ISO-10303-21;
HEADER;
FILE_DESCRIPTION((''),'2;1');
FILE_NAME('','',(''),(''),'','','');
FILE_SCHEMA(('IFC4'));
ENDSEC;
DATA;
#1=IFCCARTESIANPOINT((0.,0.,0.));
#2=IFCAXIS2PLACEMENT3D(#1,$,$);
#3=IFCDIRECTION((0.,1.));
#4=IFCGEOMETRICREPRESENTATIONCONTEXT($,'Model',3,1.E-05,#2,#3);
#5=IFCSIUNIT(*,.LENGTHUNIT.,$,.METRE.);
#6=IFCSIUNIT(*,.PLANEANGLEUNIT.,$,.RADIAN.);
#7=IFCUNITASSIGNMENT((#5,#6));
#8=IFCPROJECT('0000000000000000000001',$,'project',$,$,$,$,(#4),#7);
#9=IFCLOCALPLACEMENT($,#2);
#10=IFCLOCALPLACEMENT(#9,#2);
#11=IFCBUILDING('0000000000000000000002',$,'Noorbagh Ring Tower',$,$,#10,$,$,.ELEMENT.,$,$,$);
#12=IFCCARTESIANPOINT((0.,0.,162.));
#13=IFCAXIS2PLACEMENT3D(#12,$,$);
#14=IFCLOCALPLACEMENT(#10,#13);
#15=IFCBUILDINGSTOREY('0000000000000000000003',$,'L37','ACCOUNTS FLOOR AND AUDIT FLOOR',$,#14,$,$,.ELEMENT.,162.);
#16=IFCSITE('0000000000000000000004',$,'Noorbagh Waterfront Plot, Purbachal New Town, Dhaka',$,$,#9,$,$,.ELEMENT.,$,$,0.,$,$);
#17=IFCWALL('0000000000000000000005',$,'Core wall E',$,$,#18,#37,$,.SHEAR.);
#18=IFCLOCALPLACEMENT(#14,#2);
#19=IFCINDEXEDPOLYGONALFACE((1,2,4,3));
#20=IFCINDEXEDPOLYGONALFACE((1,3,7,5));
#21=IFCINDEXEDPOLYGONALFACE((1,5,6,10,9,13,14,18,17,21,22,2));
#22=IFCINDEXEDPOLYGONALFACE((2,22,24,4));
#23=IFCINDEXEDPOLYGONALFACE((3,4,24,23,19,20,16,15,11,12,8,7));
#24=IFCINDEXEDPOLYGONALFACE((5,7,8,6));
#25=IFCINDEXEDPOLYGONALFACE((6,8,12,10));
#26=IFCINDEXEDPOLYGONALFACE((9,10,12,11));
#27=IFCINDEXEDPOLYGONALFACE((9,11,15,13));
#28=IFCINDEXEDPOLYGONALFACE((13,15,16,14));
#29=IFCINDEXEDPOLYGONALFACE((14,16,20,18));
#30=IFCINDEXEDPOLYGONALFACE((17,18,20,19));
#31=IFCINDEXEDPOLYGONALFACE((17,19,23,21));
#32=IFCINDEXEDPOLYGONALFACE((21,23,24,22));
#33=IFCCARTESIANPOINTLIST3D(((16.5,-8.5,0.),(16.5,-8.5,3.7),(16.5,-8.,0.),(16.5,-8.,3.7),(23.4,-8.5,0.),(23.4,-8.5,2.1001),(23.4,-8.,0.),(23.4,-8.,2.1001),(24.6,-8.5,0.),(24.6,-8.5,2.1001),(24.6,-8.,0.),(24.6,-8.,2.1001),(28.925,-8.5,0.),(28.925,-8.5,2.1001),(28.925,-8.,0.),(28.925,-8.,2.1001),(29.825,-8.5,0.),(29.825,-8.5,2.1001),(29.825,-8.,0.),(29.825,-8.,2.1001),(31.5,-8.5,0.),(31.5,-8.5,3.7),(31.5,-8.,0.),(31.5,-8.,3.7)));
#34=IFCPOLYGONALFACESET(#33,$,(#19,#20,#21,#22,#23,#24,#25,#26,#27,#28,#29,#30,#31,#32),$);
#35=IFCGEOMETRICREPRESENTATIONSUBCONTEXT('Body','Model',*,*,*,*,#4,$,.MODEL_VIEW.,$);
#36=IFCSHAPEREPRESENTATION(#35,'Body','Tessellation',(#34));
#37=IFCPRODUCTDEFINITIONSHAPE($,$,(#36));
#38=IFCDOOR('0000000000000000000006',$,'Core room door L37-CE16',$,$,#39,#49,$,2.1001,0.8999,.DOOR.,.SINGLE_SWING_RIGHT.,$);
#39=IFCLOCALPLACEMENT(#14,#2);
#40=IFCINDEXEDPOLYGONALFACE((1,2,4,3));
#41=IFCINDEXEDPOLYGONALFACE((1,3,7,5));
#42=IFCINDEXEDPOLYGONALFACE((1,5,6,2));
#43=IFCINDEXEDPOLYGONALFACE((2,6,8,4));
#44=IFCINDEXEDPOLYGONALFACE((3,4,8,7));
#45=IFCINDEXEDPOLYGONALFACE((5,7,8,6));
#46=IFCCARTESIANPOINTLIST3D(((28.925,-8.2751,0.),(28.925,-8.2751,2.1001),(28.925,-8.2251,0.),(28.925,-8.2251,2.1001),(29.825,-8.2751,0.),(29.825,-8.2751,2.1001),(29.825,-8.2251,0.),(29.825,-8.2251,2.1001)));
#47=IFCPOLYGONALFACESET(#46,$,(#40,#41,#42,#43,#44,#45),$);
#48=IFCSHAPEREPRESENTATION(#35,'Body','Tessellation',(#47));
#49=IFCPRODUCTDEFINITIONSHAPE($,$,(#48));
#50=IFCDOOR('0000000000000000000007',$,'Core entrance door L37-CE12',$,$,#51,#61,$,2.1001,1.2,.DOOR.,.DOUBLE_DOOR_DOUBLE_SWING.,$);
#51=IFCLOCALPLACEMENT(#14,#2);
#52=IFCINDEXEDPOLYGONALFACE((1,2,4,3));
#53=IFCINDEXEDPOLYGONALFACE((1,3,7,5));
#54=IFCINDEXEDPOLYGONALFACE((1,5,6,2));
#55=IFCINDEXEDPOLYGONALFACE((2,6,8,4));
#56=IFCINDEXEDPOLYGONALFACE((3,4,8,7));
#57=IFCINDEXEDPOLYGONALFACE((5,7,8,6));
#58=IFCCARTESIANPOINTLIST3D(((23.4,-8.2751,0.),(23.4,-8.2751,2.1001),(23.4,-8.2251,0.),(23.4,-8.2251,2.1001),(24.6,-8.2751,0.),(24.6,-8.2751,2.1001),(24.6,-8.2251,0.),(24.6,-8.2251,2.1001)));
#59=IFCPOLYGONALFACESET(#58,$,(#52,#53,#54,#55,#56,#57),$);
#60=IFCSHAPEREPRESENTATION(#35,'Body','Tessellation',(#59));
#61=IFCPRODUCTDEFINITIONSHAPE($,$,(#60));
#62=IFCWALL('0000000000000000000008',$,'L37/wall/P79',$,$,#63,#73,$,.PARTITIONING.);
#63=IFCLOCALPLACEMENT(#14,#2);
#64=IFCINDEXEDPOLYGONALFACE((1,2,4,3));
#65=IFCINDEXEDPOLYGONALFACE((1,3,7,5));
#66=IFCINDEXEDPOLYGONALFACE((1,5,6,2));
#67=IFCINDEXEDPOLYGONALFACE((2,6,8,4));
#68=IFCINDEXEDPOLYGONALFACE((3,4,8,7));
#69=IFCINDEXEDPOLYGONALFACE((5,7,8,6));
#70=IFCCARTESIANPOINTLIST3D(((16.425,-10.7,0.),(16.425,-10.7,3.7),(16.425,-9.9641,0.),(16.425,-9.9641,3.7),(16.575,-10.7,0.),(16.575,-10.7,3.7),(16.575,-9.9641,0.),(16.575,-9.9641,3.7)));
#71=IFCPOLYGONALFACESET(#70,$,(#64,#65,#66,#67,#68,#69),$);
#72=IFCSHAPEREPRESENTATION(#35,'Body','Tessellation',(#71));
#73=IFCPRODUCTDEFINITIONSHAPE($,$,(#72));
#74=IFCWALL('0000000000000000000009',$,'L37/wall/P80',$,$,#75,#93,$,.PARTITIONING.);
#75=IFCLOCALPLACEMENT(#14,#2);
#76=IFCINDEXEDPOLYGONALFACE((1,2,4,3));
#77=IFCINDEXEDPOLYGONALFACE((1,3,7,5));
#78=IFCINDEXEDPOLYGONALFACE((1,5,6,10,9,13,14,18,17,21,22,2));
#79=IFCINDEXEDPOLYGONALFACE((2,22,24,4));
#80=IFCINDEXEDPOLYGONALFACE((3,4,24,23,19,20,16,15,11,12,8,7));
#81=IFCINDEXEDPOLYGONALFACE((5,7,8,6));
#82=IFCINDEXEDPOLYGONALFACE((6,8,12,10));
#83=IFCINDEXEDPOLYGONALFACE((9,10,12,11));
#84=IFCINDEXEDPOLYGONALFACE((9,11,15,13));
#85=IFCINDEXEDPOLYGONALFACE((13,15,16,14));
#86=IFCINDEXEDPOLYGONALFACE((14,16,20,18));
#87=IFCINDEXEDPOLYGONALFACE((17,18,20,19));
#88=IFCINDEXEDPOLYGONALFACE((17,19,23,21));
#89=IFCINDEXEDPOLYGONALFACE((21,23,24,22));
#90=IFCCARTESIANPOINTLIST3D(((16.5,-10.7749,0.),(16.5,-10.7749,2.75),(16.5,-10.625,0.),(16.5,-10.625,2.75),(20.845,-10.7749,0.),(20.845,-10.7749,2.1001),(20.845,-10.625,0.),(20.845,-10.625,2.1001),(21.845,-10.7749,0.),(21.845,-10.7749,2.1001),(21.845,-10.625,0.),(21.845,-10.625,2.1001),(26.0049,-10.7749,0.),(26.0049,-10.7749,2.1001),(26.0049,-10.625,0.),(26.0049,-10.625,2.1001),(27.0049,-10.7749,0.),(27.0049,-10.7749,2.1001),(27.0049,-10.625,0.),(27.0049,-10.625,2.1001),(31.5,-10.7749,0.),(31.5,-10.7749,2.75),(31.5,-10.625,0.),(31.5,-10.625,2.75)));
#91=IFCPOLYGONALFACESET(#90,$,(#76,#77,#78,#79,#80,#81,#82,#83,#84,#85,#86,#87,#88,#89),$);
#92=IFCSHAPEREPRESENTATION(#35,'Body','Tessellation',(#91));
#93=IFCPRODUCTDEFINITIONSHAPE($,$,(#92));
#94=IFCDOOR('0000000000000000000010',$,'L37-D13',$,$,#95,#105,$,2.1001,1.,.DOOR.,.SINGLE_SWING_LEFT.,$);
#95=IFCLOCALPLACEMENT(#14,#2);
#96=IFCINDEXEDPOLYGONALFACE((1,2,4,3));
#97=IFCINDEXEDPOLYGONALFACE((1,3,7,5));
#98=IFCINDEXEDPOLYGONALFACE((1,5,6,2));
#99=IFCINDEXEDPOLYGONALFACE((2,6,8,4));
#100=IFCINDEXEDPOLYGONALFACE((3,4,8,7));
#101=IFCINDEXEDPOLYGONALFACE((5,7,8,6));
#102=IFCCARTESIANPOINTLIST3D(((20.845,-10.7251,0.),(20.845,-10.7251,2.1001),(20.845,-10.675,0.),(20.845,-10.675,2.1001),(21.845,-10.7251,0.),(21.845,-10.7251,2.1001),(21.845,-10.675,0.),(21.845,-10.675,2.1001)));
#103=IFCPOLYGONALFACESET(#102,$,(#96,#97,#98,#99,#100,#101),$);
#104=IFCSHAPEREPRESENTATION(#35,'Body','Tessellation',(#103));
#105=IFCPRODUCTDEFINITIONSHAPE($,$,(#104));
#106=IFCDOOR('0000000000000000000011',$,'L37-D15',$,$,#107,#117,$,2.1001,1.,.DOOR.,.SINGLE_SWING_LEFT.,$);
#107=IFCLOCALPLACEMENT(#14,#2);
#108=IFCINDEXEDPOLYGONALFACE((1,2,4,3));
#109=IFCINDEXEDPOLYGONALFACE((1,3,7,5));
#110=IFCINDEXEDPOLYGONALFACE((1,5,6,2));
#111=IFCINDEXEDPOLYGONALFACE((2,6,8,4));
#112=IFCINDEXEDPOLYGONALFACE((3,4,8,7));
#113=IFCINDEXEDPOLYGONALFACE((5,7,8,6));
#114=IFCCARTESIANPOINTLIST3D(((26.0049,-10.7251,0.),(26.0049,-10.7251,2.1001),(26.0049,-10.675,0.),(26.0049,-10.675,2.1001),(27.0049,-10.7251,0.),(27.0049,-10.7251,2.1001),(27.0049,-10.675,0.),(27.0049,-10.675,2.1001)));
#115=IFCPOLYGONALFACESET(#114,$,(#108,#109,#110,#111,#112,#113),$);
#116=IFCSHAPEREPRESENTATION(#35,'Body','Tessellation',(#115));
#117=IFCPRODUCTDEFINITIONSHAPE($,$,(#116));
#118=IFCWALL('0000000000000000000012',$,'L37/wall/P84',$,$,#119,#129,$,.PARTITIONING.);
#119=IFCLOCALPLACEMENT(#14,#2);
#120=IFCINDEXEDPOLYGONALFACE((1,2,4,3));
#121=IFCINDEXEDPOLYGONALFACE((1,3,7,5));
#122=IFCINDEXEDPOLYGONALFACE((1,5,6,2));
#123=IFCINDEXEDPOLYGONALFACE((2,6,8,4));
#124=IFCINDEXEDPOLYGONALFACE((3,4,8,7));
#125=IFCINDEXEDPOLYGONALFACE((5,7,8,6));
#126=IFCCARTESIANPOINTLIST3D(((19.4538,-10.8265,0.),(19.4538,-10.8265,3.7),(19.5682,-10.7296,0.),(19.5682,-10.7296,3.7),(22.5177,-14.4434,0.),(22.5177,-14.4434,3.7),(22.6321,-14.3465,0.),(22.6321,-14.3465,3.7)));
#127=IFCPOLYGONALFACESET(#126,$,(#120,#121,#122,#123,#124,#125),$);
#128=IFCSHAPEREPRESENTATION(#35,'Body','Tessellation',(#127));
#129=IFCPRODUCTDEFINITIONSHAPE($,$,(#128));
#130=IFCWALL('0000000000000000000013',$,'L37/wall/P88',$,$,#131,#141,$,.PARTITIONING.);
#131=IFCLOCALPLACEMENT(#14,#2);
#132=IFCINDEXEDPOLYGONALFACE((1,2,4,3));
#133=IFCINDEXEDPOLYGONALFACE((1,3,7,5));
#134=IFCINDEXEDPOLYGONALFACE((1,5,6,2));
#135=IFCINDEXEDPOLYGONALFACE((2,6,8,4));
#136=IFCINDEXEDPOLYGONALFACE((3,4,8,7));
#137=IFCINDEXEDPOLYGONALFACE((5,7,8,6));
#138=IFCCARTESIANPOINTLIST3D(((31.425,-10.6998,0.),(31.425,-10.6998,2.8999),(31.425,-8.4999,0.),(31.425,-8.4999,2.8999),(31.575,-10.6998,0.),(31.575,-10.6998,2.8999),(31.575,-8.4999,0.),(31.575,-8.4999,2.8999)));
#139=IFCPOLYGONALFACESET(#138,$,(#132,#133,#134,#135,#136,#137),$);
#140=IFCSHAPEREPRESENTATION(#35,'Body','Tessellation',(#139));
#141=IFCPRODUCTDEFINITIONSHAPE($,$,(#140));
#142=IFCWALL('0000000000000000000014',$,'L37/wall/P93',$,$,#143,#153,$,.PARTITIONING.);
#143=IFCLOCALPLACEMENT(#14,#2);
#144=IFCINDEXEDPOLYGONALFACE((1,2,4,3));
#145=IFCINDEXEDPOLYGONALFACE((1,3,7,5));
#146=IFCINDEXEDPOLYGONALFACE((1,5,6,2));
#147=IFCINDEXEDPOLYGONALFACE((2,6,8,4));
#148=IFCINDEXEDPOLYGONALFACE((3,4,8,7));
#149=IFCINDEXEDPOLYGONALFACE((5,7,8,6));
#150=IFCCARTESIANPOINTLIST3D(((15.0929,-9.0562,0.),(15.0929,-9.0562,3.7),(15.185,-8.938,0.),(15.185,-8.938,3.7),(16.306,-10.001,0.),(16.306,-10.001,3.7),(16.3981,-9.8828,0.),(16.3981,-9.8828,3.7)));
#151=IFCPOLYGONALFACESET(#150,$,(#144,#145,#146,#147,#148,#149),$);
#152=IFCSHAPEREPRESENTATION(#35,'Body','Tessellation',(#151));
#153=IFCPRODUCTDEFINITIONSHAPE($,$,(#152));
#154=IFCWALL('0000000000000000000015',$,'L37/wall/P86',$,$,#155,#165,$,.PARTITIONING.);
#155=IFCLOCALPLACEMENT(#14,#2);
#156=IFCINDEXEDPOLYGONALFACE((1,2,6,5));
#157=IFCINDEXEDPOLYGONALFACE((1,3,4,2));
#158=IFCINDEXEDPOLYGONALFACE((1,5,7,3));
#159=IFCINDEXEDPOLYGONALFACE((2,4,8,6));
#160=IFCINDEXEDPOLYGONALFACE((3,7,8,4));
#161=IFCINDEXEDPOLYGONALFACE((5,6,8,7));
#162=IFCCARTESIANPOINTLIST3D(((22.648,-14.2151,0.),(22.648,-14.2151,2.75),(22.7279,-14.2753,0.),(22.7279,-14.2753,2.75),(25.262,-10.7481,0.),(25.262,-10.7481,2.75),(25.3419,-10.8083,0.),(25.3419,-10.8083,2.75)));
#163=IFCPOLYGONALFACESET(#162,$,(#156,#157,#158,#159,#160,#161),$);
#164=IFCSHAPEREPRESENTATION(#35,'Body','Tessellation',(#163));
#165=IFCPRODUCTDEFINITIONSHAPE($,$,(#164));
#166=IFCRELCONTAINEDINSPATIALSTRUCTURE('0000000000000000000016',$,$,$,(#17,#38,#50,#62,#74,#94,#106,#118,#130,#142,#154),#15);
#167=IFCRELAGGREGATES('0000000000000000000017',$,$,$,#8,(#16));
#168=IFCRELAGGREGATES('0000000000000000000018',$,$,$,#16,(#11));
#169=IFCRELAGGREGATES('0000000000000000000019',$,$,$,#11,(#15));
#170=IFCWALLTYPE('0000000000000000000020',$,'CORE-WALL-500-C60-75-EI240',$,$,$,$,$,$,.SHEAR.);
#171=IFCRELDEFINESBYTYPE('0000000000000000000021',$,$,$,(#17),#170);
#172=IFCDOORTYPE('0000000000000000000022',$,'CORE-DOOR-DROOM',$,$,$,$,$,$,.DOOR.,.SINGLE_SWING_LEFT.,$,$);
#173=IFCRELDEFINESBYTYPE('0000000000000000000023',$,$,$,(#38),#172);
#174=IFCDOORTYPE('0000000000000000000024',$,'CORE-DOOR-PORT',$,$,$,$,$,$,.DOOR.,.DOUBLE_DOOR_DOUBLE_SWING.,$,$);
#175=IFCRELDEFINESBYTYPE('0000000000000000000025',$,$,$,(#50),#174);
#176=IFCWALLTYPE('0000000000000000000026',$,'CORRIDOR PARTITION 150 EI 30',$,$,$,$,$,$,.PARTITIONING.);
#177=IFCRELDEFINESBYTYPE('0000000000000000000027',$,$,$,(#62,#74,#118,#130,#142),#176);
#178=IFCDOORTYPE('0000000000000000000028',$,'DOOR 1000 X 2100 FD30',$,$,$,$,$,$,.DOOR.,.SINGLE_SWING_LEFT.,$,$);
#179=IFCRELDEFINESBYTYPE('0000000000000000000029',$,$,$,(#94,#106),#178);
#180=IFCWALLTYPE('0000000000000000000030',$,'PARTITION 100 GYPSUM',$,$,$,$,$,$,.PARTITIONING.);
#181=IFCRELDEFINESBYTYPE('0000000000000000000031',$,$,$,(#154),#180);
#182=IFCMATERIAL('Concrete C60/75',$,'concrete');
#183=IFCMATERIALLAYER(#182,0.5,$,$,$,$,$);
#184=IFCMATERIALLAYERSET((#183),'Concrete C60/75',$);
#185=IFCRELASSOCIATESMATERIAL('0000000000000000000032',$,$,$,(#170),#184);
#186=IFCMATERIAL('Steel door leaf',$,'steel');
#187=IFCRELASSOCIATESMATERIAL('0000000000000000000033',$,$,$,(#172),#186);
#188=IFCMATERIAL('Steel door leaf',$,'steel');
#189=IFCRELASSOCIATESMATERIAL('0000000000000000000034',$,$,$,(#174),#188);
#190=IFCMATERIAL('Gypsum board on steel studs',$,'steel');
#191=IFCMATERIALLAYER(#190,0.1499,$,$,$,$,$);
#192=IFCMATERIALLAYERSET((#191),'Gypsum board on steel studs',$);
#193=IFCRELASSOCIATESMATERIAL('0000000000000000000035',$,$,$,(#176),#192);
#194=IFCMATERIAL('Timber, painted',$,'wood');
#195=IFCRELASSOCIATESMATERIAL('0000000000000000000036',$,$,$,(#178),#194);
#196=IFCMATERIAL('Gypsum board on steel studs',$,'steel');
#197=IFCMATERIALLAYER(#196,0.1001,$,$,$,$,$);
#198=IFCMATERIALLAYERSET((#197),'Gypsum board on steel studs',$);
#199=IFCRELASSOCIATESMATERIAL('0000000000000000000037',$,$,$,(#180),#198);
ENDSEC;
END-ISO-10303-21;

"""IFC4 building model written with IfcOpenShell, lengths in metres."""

from ifc_helpers import new_model, si_unit, direction, frame, frame_2d, origin, place, context, subcontext, project, spatial, rectangle, extrude, material, layer, layer_set, type_object, element, fill, save


model = new_model("IFC4")

# Units and contexts
model_context = context("Model", 3, precision=1e-05, world=origin(), true_north=direction((0.0, 1.0)))
body_context = subcontext(model_context, "Body", "Model", "MODEL_VIEW")
ifc_project = project(units=[si_unit("LENGTHUNIT", "METRE"), si_unit("PLANEANGLEUNIT", "RADIAN")], contexts=[model_context])

# Site, building, storey
site_placement = place(None, origin())
site = spatial("IfcSite", under=ifc_project, at=site_placement, Name="Noorbagh Waterfront Plot, Purbachal New Town, Dhaka", CompositionType="ELEMENT", RefElevation=0.0)
building_placement = place(site_placement, origin())
building = spatial("IfcBuilding", under=site, at=building_placement, Name="Noorbagh Ring Tower", CompositionType="ELEMENT")
storey_placement = place(building_placement, frame((0.0, 0.0, 162.0)))
storey = spatial("IfcBuildingStorey", under=building, at=storey_placement, Name="L37", Description="ACCOUNTS FLOOR AND AUDIT FLOOR", CompositionType="ELEMENT", Elevation=162.0)

# Wall, openings, doors
ifc_material_1 = material(Name="Concrete C60/75", Category="concrete")
ifc_layer_1 = layer(ifc_material_1, 0.5)
ifc_layer_set_1 = layer_set([ifc_layer_1], Name="Concrete C60/75")
wall_type_1 = type_object("IfcWallType", Name="CORE-WALL-500-C60-75-EI240", PredefinedType="SHEAR", material=ifc_layer_set_1)
wall_1_placement = place(storey_placement, frame((16.5, -8.25, 0.0), z_axis=(0.0, 0.0, 1.0), x_axis=(1.0, 0.0, 0.0)))
wall_1 = element("IfcWall", 1, at=wall_1_placement, inside=storey, type_object=wall_type_1, Name="Core wall E", PredefinedType="SHEAR", context=body_context, shape_type="SweptSolid", body=[
    extrude(rectangle(XDim=15.0, YDim=0.5, at=frame_2d((7.5, 0.0))), origin(), (0.0, 0.0, 1.0), 3.7),
])
opening_1_placement = place(wall_1_placement, frame((6.8999, 0.0, 0.0)))
opening_1 = element("IfcOpeningElement", 2, at=opening_1_placement, cuts=wall_1, PredefinedType="OPENING", context=body_context, shape_type="SweptSolid", body=[
    extrude(rectangle(XDim=1.2, YDim=2.1001, at=frame_2d((0.6001, 1.05))), frame((0.0, 0.26, 0.0), z_axis=(0.0, -1.0, 0.0), x_axis=(1.0, 0.0, 0.0)), (0.0, 0.0, 1.0), 0.52),
])
opening_2_placement = place(wall_1_placement, frame((12.425, 0.0, 0.0)))
opening_2 = element("IfcOpeningElement", 3, at=opening_2_placement, cuts=wall_1, PredefinedType="OPENING", context=body_context, shape_type="SweptSolid", body=[
    extrude(rectangle(XDim=0.8999, YDim=2.1001, at=frame_2d((0.45, 1.05))), frame((0.0, 0.26, 0.0), z_axis=(0.0, -1.0, 0.0), x_axis=(1.0, 0.0, 0.0)), (0.0, 0.0, 1.0), 0.52),
])
ifc_material_2 = material(Name="Steel door leaf", Category="steel")
door_type_1 = type_object("IfcDoorType", Name="CORE-DOOR-DROOM", OperationType="SINGLE_SWING_LEFT", PredefinedType="DOOR", material=ifc_material_2)
door_1_placement = place(opening_2_placement, origin())
door_1 = element("IfcDoor", 4, at=door_1_placement, inside=storey, type_object=door_type_1, Name="Core room door L37-CE16", OperationType="SINGLE_SWING_RIGHT", OverallHeight=2.1001, OverallWidth=0.8999, PredefinedType="DOOR", context=body_context, shape_type="SweptSolid", body=[
    extrude(rectangle(XDim=0.8999, YDim=2.1001, at=frame_2d((0.45, 1.05))), frame((0.0, 0.0249, 0.0), z_axis=(0.0, -1.0, 0.0), x_axis=(1.0, 0.0, 0.0)), (0.0, 0.0, 1.0), 0.05),
])
fill(opening_2, door_1)
ifc_material_3 = material(Name="Steel door leaf", Category="steel")
door_type_2 = type_object("IfcDoorType", Name="CORE-DOOR-PORT", OperationType="DOUBLE_DOOR_DOUBLE_SWING", PredefinedType="DOOR", material=ifc_material_3)
door_2_placement = place(opening_1_placement, origin())
door_2 = element("IfcDoor", 5, at=door_2_placement, inside=storey, type_object=door_type_2, Name="Core entrance door L37-CE12", OperationType="DOUBLE_DOOR_DOUBLE_SWING", OverallHeight=2.1001, OverallWidth=1.2, PredefinedType="DOOR", context=body_context, shape_type="SweptSolid", body=[
    extrude(rectangle(XDim=1.2, YDim=2.1001, at=frame_2d((0.6001, 1.05))), frame((0.0, 0.0249, 0.0), z_axis=(0.0, -1.0, 0.0), x_axis=(1.0, 0.0, 0.0)), (0.0, 0.0, 1.0), 0.05),
])
fill(opening_1, door_2)

# Wall
ifc_material_4 = material(Name="Gypsum board on steel studs", Category="steel")
ifc_layer_2 = layer(ifc_material_4, 0.1499)
ifc_layer_set_2 = layer_set([ifc_layer_2], Name="Gypsum board on steel studs")
wall_type_2 = type_object("IfcWallType", Name="CORRIDOR PARTITION 150 EI 30", PredefinedType="PARTITIONING", material=ifc_layer_set_2)
wall_2_placement = place(storey_placement, frame((16.5, -10.7, 0.0), z_axis=(0.0, 0.0, 1.0), x_axis=(0.0, 1.0, 0.0)))
element("IfcWall", 6, at=wall_2_placement, inside=storey, type_object=wall_type_2, Name="L37/wall/P79", PredefinedType="PARTITIONING", context=body_context, shape_type="SweptSolid", body=[
    extrude(rectangle(XDim=0.7358, YDim=0.1499, at=frame_2d((0.3679, 0.0))), origin(), (0.0, 0.0, 1.0), 3.7),
])

# Wall, openings, doors
wall_3_placement = place(storey_placement, frame((16.5, -10.7, 0.0), z_axis=(0.0, 0.0, 1.0), x_axis=(1.0, 0.0, 0.0)))
wall_3 = element("IfcWall", 7, at=wall_3_placement, inside=storey, type_object=wall_type_2, Name="L37/wall/P80", PredefinedType="PARTITIONING", context=body_context, shape_type="SweptSolid", body=[
    extrude(rectangle(XDim=15.0, YDim=0.1499, at=frame_2d((7.5, 0.0))), origin(), (0.0, 0.0, 1.0), 2.75),
])
opening_3_placement = place(wall_3_placement, frame((4.345, 0.0, 0.0)))
opening_3 = element("IfcOpeningElement", 8, at=opening_3_placement, cuts=wall_3, PredefinedType="OPENING", context=body_context, shape_type="SweptSolid", body=[
    extrude(rectangle(XDim=1.0, YDim=2.1001, at=frame_2d((0.5, 1.05))), frame((0.0, 0.085, 0.0), z_axis=(0.0, -1.0, 0.0), x_axis=(1.0, 0.0, 0.0)), (0.0, 0.0, 1.0), 0.1699),
])
opening_4_placement = place(wall_3_placement, frame((9.5049, 0.0, 0.0)))
opening_4 = element("IfcOpeningElement", 9, at=opening_4_placement, cuts=wall_3, PredefinedType="OPENING", context=body_context, shape_type="SweptSolid", body=[
    extrude(rectangle(XDim=1.0, YDim=2.1001, at=frame_2d((0.5, 1.05))), frame((0.0, 0.085, 0.0), z_axis=(0.0, -1.0, 0.0), x_axis=(1.0, 0.0, 0.0)), (0.0, 0.0, 1.0), 0.1699),
])
ifc_material_5 = material(Name="Timber, painted", Category="wood")
door_type_3 = type_object("IfcDoorType", Name="DOOR 1000 X 2100 FD30", OperationType="SINGLE_SWING_LEFT", PredefinedType="DOOR", material=ifc_material_5)
door_3_placement = place(opening_3_placement, origin())
door_3 = element("IfcDoor", 10, at=door_3_placement, inside=storey, type_object=door_type_3, Name="L37-D13", OperationType="SINGLE_SWING_LEFT", OverallHeight=2.1001, OverallWidth=1.0, PredefinedType="DOOR", context=body_context, shape_type="SweptSolid", body=[
    extrude(rectangle(XDim=1.0, YDim=2.1001, at=frame_2d((0.5, 1.05))), frame((0.0, 0.0249, 0.0), z_axis=(0.0, -1.0, 0.0), x_axis=(1.0, 0.0, 0.0)), (0.0, 0.0, 1.0), 0.05),
])
fill(opening_3, door_3)
door_4_placement = place(opening_4_placement, origin())
door_4 = element("IfcDoor", 11, at=door_4_placement, inside=storey, type_object=door_type_3, Name="L37-D15", OperationType="SINGLE_SWING_LEFT", OverallHeight=2.1001, OverallWidth=1.0, PredefinedType="DOOR", context=body_context, shape_type="SweptSolid", body=[
    extrude(rectangle(XDim=1.0, YDim=2.1001, at=frame_2d((0.5, 1.05))), frame((0.0, 0.0249, 0.0), z_axis=(0.0, -1.0, 0.0), x_axis=(1.0, 0.0, 0.0)), (0.0, 0.0, 1.0), 0.05),
])
fill(opening_4, door_4)

# Walls
wall_4_placement = place(storey_placement, frame((19.511, -10.7781, 0.0), z_axis=(0.0, 0.0, 1.0), x_axis=(0.646369, -0.763025, 0.0)))
element("IfcWall", 12, at=wall_4_placement, inside=storey, type_object=wall_type_2, Name="L37/wall/P84", PredefinedType="PARTITIONING", context=body_context, shape_type="SweptSolid", body=[
    extrude(rectangle(XDim=4.7402, YDim=0.1499, at=frame_2d((2.3701, 0.0))), origin(), (0.0, 0.0, 1.0), 3.7),
])
wall_5_placement = place(storey_placement, frame((31.5, -10.7, 0.0), z_axis=(0.0, 0.0, 1.0), x_axis=(0.0, 1.0, 0.0)))
element("IfcWall", 13, at=wall_5_placement, inside=storey, type_object=wall_type_2, Name="L37/wall/P88", PredefinedType="PARTITIONING", context=body_context, shape_type="SweptSolid", body=[
    extrude(rectangle(XDim=2.2, YDim=0.1499, at=frame_2d((1.1001, 0.0))), origin(), (0.0, 0.0, 1.0), 2.8999),
])
wall_6_placement = place(storey_placement, frame((16.3521, -9.9419, 0.0), z_axis=(0.0, 0.0, 1.0), x_axis=(-0.78895, 0.614457, 0.0)))
element("IfcWall", 14, at=wall_6_placement, inside=storey, type_object=wall_type_2, Name="L37/wall/P93", PredefinedType="PARTITIONING", context=body_context, shape_type="SweptSolid", body=[
    extrude(rectangle(XDim=1.5376, YDim=0.1499, at=frame_2d((0.7688, 0.0))), origin(), (0.0, 0.0, 1.0), 3.7),
])
ifc_material_6 = material(Name="Gypsum board on steel studs", Category="steel")
ifc_layer_3 = layer(ifc_material_6, 0.1001)
ifc_layer_set_3 = layer_set([ifc_layer_3], Name="Gypsum board on steel studs")
wall_type_3 = type_object("IfcWallType", Name="PARTITION 100 GYPSUM", PredefinedType="PARTITIONING", material=ifc_layer_set_3)
wall_7_placement = place(storey_placement, frame((22.688, -14.2451, 0.0), z_axis=(0.0, 0.0, 1.0), x_axis=(0.602022, 0.798479, 0.0)))
element("IfcWall", 15, at=wall_7_placement, inside=storey, type_object=wall_type_3, Name="L37/wall/P86", PredefinedType="PARTITIONING", context=body_context, shape_type="SweptSolid", body=[
    extrude(rectangle(XDim=4.342, YDim=0.1001, at=frame_2d((2.1709, 0.0))), origin(), (0.0, 0.0, 1.0), 2.75),
])

save(model, "model.ifc")
